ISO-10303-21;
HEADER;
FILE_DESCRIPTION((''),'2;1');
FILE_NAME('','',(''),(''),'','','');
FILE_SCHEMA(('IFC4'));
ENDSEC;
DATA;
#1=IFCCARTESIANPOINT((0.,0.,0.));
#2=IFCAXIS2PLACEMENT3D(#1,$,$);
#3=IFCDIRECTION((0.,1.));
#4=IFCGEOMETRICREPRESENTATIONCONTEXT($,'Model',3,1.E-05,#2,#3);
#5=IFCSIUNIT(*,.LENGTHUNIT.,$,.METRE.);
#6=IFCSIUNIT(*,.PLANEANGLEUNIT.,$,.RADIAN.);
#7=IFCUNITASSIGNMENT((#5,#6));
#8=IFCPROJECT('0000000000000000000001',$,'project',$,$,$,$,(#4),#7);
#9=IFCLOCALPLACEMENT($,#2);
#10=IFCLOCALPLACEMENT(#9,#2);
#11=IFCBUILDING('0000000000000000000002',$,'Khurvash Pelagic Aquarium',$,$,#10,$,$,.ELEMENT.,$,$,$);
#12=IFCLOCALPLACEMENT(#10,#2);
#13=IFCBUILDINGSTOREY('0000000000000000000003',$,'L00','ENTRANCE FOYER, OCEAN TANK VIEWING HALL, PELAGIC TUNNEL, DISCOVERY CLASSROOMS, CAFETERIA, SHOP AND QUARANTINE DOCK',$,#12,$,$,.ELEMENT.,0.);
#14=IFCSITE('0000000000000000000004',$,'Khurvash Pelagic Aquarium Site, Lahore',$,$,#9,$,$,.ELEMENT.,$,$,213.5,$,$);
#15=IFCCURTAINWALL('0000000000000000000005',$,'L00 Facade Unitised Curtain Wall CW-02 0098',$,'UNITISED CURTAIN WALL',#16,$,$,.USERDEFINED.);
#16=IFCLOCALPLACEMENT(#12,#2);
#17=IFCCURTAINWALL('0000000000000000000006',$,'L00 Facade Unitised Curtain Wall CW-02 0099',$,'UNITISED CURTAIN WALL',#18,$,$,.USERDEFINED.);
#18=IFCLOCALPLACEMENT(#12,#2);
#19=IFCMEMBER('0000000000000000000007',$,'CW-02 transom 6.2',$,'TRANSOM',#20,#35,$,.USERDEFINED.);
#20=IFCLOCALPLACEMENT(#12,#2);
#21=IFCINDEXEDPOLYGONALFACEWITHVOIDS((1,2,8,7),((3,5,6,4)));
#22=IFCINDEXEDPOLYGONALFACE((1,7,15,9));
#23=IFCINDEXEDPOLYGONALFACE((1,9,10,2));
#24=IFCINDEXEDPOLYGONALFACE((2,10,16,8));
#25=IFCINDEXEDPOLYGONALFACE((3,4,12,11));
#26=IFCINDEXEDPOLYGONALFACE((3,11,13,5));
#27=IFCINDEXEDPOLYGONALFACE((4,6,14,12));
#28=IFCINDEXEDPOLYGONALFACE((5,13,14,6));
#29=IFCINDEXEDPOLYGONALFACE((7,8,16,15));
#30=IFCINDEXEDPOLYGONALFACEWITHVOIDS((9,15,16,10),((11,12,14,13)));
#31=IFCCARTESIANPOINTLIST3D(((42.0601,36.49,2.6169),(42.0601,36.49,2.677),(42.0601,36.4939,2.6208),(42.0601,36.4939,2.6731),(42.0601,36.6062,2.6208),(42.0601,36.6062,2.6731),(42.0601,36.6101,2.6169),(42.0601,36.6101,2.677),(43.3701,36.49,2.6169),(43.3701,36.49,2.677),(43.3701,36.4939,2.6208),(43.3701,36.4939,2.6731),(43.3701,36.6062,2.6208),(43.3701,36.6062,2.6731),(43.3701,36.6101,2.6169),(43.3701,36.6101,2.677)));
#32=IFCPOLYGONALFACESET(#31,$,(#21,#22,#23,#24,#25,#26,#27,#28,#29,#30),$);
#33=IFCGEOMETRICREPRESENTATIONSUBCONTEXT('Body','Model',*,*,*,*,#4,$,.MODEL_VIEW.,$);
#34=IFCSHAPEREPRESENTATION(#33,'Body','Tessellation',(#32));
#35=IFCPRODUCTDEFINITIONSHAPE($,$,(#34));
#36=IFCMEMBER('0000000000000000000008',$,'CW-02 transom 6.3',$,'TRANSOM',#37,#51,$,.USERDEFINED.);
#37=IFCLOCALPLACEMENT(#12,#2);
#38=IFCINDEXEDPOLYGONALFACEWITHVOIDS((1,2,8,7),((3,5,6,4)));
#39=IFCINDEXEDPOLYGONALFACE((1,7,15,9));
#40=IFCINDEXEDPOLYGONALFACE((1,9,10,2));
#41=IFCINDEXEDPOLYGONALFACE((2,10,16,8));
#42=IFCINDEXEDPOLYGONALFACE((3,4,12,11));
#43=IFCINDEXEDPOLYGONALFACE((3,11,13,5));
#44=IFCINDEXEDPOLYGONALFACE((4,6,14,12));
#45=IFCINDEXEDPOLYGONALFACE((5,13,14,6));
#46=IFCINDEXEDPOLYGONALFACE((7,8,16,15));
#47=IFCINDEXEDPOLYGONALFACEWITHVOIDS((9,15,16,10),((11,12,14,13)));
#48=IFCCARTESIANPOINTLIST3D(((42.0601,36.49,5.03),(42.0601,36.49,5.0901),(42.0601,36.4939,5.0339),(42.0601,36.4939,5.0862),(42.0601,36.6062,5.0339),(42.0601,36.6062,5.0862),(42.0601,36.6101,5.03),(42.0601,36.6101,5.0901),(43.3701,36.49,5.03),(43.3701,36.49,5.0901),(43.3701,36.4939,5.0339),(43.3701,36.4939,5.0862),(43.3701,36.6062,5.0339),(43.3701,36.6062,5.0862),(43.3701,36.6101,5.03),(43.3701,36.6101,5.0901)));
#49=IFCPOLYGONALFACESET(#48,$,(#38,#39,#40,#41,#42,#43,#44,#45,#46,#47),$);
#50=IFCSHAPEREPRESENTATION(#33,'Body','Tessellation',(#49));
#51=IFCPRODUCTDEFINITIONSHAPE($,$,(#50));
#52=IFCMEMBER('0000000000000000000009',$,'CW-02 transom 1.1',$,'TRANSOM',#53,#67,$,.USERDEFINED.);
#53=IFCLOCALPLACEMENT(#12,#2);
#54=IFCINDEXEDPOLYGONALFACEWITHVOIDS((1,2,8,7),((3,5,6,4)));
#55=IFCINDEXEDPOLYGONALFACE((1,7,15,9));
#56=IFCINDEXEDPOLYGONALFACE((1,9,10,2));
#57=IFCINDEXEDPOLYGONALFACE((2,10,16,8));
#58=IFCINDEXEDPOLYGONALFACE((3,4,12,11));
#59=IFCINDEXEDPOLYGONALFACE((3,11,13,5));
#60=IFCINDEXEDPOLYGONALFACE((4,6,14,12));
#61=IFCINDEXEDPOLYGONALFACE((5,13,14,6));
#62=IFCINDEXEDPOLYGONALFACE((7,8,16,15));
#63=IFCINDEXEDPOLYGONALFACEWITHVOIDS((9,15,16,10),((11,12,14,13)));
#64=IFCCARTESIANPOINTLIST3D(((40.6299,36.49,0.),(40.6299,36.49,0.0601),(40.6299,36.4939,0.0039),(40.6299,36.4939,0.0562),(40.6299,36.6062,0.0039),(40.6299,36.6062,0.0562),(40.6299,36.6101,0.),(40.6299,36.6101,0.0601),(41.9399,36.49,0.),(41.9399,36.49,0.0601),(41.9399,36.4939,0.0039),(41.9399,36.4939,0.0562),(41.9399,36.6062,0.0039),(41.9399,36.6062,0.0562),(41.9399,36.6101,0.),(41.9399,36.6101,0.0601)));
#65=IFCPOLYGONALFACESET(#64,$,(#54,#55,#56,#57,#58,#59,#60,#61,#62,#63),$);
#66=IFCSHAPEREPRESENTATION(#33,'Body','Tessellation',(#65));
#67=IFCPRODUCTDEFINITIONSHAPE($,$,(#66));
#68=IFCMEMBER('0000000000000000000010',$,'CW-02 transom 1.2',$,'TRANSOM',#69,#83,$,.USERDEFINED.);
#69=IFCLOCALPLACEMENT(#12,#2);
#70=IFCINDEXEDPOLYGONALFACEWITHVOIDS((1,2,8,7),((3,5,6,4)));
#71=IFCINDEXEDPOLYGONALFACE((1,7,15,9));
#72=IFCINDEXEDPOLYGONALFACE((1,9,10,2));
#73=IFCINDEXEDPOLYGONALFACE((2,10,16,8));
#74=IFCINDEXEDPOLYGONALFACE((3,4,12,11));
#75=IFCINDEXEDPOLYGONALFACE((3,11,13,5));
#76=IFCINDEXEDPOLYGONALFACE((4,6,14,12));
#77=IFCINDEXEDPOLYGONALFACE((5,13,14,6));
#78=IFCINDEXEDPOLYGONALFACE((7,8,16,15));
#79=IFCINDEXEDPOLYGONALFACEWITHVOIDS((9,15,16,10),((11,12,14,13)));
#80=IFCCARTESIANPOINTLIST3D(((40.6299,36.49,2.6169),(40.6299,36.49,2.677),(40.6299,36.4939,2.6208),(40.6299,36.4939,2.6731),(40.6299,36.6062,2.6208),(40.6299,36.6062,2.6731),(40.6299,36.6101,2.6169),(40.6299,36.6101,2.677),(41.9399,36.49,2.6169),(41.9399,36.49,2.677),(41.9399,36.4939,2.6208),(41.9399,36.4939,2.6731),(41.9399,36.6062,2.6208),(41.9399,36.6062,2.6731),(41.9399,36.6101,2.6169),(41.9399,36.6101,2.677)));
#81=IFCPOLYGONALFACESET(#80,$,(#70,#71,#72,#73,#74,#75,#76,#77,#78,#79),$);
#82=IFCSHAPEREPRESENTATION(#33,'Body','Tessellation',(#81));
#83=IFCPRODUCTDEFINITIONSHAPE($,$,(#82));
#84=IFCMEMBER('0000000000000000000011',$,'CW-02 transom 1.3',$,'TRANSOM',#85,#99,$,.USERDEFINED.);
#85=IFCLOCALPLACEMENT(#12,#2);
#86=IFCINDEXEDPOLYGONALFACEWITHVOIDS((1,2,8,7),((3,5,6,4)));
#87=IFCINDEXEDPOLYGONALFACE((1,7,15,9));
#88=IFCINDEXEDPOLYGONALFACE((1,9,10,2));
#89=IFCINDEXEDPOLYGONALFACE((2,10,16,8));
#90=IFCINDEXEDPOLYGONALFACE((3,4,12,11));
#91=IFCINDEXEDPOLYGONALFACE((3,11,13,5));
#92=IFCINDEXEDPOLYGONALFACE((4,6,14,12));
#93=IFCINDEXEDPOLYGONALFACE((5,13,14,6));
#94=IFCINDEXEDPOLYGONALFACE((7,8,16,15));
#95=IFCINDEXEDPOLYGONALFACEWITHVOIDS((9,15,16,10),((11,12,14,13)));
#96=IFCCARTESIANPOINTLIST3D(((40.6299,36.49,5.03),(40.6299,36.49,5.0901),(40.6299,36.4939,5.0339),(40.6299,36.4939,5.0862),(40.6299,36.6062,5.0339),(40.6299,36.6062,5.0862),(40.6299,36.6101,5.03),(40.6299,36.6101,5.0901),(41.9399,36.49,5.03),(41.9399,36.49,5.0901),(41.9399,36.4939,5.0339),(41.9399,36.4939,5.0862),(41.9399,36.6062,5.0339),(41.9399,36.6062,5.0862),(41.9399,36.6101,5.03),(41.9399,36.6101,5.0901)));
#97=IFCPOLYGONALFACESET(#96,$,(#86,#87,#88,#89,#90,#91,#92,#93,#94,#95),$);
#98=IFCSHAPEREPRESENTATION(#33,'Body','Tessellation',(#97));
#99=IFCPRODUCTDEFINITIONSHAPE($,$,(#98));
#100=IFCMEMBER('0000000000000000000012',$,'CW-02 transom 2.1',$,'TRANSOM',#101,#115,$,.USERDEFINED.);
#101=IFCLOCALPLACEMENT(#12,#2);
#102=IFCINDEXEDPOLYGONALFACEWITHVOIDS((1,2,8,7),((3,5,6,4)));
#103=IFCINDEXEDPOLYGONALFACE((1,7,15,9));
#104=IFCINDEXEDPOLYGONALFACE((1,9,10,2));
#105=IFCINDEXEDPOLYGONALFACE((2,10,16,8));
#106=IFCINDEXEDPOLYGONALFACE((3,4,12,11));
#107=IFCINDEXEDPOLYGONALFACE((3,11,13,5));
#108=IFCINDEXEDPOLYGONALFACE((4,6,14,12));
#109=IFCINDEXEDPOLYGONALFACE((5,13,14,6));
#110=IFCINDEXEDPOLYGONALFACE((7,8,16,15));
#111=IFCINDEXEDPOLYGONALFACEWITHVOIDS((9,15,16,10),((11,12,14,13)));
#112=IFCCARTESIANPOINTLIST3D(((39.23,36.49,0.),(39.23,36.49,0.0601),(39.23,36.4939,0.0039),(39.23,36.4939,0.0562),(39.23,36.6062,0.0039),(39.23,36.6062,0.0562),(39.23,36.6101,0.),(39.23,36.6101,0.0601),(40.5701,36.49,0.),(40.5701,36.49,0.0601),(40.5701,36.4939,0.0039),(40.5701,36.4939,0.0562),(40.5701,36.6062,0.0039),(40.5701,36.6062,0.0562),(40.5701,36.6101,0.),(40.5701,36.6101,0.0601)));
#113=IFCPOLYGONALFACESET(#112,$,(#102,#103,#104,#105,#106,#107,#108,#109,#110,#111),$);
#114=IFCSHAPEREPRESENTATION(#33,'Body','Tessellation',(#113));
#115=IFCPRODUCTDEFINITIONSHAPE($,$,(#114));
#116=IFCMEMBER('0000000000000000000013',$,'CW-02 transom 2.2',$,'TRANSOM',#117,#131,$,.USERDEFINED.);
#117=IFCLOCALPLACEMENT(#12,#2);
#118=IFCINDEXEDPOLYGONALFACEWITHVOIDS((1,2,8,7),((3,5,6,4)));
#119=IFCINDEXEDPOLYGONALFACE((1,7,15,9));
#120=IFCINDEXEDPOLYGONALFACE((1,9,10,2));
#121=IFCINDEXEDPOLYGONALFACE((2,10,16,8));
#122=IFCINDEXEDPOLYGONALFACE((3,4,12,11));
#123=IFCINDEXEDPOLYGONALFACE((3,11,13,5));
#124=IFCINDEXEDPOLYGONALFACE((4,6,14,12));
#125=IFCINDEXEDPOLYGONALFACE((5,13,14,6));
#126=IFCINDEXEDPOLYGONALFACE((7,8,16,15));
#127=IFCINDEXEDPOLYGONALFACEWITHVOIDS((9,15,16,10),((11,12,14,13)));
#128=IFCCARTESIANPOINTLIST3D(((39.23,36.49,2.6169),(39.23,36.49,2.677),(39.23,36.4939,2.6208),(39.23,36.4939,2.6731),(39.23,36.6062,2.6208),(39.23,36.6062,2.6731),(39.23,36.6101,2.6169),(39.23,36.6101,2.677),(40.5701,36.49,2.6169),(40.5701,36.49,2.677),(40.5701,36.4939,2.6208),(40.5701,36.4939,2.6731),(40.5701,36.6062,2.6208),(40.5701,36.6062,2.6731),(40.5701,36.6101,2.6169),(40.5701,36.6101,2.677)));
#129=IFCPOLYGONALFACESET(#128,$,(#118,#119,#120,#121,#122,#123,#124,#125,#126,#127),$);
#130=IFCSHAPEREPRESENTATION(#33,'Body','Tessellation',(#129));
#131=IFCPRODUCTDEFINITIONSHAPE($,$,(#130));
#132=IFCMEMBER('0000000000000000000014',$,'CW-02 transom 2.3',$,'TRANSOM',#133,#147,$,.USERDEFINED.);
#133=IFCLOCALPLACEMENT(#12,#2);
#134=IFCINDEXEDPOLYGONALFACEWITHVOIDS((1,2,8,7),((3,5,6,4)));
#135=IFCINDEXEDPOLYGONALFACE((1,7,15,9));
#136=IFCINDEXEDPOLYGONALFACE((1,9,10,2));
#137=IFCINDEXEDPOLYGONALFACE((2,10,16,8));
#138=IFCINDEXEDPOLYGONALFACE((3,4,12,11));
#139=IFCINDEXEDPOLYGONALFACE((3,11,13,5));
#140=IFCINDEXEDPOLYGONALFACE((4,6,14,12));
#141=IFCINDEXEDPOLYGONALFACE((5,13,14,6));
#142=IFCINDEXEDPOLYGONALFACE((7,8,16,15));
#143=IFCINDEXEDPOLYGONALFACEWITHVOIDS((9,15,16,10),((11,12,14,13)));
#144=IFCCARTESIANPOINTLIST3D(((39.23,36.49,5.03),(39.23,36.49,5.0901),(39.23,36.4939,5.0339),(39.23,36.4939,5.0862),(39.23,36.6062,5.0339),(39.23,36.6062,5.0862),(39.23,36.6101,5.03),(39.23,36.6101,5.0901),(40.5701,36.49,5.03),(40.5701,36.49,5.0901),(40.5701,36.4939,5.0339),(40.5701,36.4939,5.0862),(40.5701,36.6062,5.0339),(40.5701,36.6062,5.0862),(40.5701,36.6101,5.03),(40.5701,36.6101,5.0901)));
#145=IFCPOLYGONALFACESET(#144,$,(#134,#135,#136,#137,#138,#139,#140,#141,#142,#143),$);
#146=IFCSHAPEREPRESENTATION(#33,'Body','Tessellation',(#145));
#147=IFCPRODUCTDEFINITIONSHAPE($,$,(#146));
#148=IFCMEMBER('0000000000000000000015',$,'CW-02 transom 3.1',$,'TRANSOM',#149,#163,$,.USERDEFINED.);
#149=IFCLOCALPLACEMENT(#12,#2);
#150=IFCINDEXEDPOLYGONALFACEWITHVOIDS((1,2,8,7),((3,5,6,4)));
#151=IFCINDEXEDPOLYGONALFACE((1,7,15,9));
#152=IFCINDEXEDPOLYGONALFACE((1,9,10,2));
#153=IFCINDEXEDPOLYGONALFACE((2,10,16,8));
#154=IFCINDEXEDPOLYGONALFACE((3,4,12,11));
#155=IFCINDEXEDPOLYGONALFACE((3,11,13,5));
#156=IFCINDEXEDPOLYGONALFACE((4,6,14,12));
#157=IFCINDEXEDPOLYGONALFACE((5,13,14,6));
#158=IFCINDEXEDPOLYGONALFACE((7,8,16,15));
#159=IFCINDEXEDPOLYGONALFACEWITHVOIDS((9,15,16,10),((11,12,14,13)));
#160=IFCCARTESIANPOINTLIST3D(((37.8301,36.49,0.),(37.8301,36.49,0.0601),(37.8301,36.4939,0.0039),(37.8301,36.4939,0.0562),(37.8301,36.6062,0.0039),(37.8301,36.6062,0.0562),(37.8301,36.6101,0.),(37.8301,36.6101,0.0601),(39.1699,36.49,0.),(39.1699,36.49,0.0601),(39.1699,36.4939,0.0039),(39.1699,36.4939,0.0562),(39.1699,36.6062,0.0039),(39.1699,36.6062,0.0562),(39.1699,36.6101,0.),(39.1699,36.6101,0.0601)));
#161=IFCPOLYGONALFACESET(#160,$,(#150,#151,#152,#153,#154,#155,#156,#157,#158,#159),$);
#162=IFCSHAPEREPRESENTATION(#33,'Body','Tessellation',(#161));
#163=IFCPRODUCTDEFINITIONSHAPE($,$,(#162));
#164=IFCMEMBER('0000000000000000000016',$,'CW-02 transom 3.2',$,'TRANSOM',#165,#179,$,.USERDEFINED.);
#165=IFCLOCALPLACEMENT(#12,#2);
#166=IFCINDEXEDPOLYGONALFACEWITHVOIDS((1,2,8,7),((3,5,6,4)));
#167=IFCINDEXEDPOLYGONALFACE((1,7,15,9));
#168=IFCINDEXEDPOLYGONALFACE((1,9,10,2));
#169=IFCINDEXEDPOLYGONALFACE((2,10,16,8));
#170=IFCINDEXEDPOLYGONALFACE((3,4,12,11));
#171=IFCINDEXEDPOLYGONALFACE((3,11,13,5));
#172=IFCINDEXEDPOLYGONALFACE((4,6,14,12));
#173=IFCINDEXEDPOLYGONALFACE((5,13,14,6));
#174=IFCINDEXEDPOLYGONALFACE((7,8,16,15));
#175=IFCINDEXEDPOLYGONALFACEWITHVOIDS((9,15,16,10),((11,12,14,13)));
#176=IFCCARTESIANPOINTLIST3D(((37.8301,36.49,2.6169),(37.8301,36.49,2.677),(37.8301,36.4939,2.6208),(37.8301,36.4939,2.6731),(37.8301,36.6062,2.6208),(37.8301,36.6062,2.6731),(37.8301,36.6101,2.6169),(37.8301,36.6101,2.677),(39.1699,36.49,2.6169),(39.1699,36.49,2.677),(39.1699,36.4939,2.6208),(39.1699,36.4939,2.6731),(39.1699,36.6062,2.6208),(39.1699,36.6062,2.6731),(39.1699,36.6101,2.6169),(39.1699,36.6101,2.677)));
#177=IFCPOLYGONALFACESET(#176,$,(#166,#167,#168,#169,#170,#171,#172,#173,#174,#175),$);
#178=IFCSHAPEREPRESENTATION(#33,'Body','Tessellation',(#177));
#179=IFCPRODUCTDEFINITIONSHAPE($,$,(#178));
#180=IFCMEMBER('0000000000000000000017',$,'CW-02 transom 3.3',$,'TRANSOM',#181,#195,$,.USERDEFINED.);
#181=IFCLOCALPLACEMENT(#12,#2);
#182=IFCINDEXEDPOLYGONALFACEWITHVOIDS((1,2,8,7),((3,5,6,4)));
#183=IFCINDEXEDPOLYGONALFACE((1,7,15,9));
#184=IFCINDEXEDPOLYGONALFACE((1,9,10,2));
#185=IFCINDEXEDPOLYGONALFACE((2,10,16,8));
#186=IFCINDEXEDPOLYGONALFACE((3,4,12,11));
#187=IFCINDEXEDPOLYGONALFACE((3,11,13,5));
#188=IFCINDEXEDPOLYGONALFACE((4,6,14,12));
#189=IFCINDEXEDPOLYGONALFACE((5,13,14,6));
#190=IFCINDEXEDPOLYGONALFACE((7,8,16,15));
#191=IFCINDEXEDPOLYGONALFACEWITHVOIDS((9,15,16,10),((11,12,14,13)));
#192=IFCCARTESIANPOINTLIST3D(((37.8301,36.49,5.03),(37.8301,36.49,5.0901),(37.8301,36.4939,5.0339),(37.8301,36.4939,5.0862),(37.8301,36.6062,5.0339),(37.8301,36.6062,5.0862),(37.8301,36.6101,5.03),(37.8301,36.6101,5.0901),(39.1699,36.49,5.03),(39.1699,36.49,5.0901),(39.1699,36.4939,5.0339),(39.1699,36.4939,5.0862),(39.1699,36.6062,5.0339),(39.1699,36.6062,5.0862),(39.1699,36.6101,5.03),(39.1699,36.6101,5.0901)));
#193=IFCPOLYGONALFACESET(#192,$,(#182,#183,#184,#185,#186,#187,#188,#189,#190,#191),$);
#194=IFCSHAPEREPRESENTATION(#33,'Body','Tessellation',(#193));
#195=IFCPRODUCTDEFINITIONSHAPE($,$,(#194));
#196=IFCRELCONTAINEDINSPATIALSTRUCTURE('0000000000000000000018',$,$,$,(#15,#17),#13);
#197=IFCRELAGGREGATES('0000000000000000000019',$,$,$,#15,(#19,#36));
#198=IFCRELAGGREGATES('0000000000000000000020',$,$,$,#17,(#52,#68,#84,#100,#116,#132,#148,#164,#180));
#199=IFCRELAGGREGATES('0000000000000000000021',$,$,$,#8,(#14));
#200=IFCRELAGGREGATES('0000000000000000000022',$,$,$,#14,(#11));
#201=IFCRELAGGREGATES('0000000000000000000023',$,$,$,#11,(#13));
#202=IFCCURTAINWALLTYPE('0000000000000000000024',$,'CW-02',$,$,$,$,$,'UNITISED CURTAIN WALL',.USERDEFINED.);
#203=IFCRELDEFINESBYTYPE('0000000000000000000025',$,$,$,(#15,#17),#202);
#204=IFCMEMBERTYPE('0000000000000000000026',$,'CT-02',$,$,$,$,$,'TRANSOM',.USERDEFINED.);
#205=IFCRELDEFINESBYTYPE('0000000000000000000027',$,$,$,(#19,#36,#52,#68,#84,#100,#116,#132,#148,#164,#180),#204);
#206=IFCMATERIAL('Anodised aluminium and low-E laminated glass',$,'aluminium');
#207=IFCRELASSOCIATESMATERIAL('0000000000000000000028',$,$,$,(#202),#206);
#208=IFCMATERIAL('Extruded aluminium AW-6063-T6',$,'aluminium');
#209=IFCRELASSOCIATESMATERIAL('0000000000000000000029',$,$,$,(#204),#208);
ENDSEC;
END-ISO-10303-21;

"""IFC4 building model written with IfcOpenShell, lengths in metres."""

from ifc_helpers import new_model, si_unit, direction, frame, origin, origin_2d, place, context, subcontext, project, spatial, hollow_rectangle, extrude, material, material_profile, profile_set, type_object, element, aggregate, save


model = new_model("IFC4")

# Units and contexts
model_context = context("Model", 3, precision=1e-05, world=origin(), true_north=direction((0.0, 1.0)))
body_context = subcontext(model_context, "Body", "Model", "MODEL_VIEW")
ifc_project = project(units=[si_unit("LENGTHUNIT", "METRE"), si_unit("PLANEANGLEUNIT", "RADIAN")], contexts=[model_context])

# Site, building, storey
site_placement = place(None, origin())
site = spatial("IfcSite", under=ifc_project, at=site_placement, Name="Khurvash Pelagic Aquarium Site, Lahore", CompositionType="ELEMENT", RefElevation=213.5)
building_placement = place(site_placement, origin())
building = spatial("IfcBuilding", under=site, at=building_placement, Name="Khurvash Pelagic Aquarium", CompositionType="ELEMENT")
storey_placement = place(building_placement, origin())
storey = spatial("IfcBuildingStorey", under=building, at=storey_placement, Name="L00", Description="ENTRANCE FOYER, OCEAN TANK VIEWING HALL, PELAGIC TUNNEL, DISCOVERY CLASSROOMS, CAFETERIA, SHOP AND QUARANTINE DOCK", CompositionType="ELEMENT", Elevation=0.0)

# Curtain walls
ifc_material_1 = material(Name="Anodised aluminium and low-E laminated glass", Category="aluminium")
curtain_wall_type = type_object("IfcCurtainWallType", Name="CW-02", ElementType="UNITISED CURTAIN WALL", PredefinedType="USERDEFINED", material=ifc_material_1)
curtain_wall_1_placement = place(storey_placement, origin())
curtain_wall_1 = element("IfcCurtainWall", 1, at=curtain_wall_1_placement, inside=storey, type_object=curtain_wall_type, Name="L00 Facade Unitised Curtain Wall CW-02 0098", ObjectType="UNITISED CURTAIN WALL", PredefinedType="USERDEFINED")
ifc_material_2 = material(Name="Extruded aluminium AW-6063-T6", Category="aluminium")
curtain_wall_2_placement = place(storey_placement, origin())
curtain_wall_2 = element("IfcCurtainWall", 2, at=curtain_wall_2_placement, inside=storey, type_object=curtain_wall_type, Name="L00 Facade Unitised Curtain Wall CW-02 0099", ObjectType="UNITISED CURTAIN WALL", PredefinedType="USERDEFINED")

# Members
ifc_material_profile_1 = material_profile(ifc_material_2, hollow_rectangle(XDim=0.1201, YDim=0.0601, WallThickness=0.0039, at=origin_2d()), Name="CWT120X60X4")
ifc_profile_set_1 = profile_set([ifc_material_profile_1], Name="Extruded aluminium AW-6063-T6")
member_type_1 = type_object("IfcMemberType", Name="CT-02", ElementType="TRANSOM", PredefinedType="USERDEFINED", material=ifc_profile_set_1)
member_1_placement = place(storey_placement, frame((43.3701, 36.55, 2.647), z_axis=(-1.0, 0.0, 0.0), x_axis=(0.0, -1.0, 0.0)))
member_1 = element("IfcMember", 3, at=member_1_placement, type_object=member_type_1, Name="CW-02 transom 6.2", ObjectType="TRANSOM", PredefinedType="USERDEFINED", context=body_context, shape_type="SweptSolid", body=[
    extrude(hollow_rectangle(XDim=0.1201, YDim=0.0601, WallThickness=0.0039, at=origin_2d()), origin(), (0.0, 0.0, 1.0), 1.3101),
])
member_2_placement = place(storey_placement, frame((43.3701, 36.55, 5.0601), z_axis=(-1.0, 0.0, 0.0), x_axis=(0.0, -1.0, 0.0)))
member_2 = element("IfcMember", 4, at=member_2_placement, type_object=member_type_1, Name="CW-02 transom 6.3", ObjectType="TRANSOM", PredefinedType="USERDEFINED", context=body_context, shape_type="SweptSolid", body=[
    extrude(hollow_rectangle(XDim=0.1201, YDim=0.0601, WallThickness=0.0039, at=origin_2d()), origin(), (0.0, 0.0, 1.0), 1.3101),
])
member_3_placement = place(storey_placement, frame((41.9399, 36.55, 0.03), z_axis=(-1.0, 0.0, 0.0), x_axis=(0.0, -1.0, 0.0)))
member_3 = element("IfcMember", 5, at=member_3_placement, type_object=member_type_1, Name="CW-02 transom 1.1", ObjectType="TRANSOM", PredefinedType="USERDEFINED", context=body_context, shape_type="SweptSolid", body=[
    extrude(hollow_rectangle(XDim=0.1201, YDim=0.0601, WallThickness=0.0039, at=origin_2d()), origin(), (0.0, 0.0, 1.0), 1.3101),
])
member_4_placement = place(storey_placement, frame((41.9399, 36.55, 2.647), z_axis=(-1.0, 0.0, 0.0), x_axis=(0.0, -1.0, 0.0)))
member_4 = element("IfcMember", 6, at=member_4_placement, type_object=member_type_1, Name="CW-02 transom 1.2", ObjectType="TRANSOM", PredefinedType="USERDEFINED", context=body_context, shape_type="SweptSolid", body=[
    extrude(hollow_rectangle(XDim=0.1201, YDim=0.0601, WallThickness=0.0039, at=origin_2d()), origin(), (0.0, 0.0, 1.0), 1.3101),
])
member_5_placement = place(storey_placement, frame((41.9399, 36.55, 5.0601), z_axis=(-1.0, 0.0, 0.0), x_axis=(0.0, -1.0, 0.0)))
member_5 = element("IfcMember", 7, at=member_5_placement, type_object=member_type_1, Name="CW-02 transom 1.3", ObjectType="TRANSOM", PredefinedType="USERDEFINED", context=body_context, shape_type="SweptSolid", body=[
    extrude(hollow_rectangle(XDim=0.1201, YDim=0.0601, WallThickness=0.0039, at=origin_2d()), origin(), (0.0, 0.0, 1.0), 1.3101),
])
member_6_placement = place(storey_placement, frame((40.5701, 36.55, 0.03), z_axis=(-1.0, 0.0, 0.0), x_axis=(0.0, -1.0, 0.0)))
member_6 = element("IfcMember", 8, at=member_6_placement, type_object=member_type_1, Name="CW-02 transom 2.1", ObjectType="TRANSOM", PredefinedType="USERDEFINED", context=body_context, shape_type="SweptSolid", body=[
    extrude(hollow_rectangle(XDim=0.1201, YDim=0.0601, WallThickness=0.0039, at=origin_2d()), origin(), (0.0, 0.0, 1.0), 1.3401),
])
member_7_placement = place(storey_placement, frame((40.5701, 36.55, 2.647), z_axis=(-1.0, 0.0, 0.0), x_axis=(0.0, -1.0, 0.0)))
member_7 = element("IfcMember", 9, at=member_7_placement, type_object=member_type_1, Name="CW-02 transom 2.2", ObjectType="TRANSOM", PredefinedType="USERDEFINED", context=body_context, shape_type="SweptSolid", body=[
    extrude(hollow_rectangle(XDim=0.1201, YDim=0.0601, WallThickness=0.0039, at=origin_2d()), origin(), (0.0, 0.0, 1.0), 1.3401),
])
member_8_placement = place(storey_placement, frame((40.5701, 36.55, 5.0601), z_axis=(-1.0, 0.0, 0.0), x_axis=(0.0, -1.0, 0.0)))
member_8 = element("IfcMember", 10, at=member_8_placement, type_object=member_type_1, Name="CW-02 transom 2.3", ObjectType="TRANSOM", PredefinedType="USERDEFINED", context=body_context, shape_type="SweptSolid", body=[
    extrude(hollow_rectangle(XDim=0.1201, YDim=0.0601, WallThickness=0.0039, at=origin_2d()), origin(), (0.0, 0.0, 1.0), 1.3401),
])
member_9_placement = place(storey_placement, frame((39.1699, 36.55, 0.03), z_axis=(-1.0, 0.0, 0.0), x_axis=(0.0, -1.0, 0.0)))
member_9 = element("IfcMember", 11, at=member_9_placement, type_object=member_type_1, Name="CW-02 transom 3.1", ObjectType="TRANSOM", PredefinedType="USERDEFINED", context=body_context, shape_type="SweptSolid", body=[
    extrude(hollow_rectangle(XDim=0.1201, YDim=0.0601, WallThickness=0.0039, at=origin_2d()), origin(), (0.0, 0.0, 1.0), 1.3398),
])
member_10_placement = place(storey_placement, frame((39.1699, 36.55, 2.647), z_axis=(-1.0, 0.0, 0.0), x_axis=(0.0, -1.0, 0.0)))
member_10 = element("IfcMember", 12, at=member_10_placement, type_object=member_type_1, Name="CW-02 transom 3.2", ObjectType="TRANSOM", PredefinedType="USERDEFINED", context=body_context, shape_type="SweptSolid", body=[
    extrude(hollow_rectangle(XDim=0.1201, YDim=0.0601, WallThickness=0.0039, at=origin_2d()), origin(), (0.0, 0.0, 1.0), 1.3398),
])
member_11_placement = place(storey_placement, frame((39.1699, 36.55, 5.0601), z_axis=(-1.0, 0.0, 0.0), x_axis=(0.0, -1.0, 0.0)))
member_11 = element("IfcMember", 13, at=member_11_placement, type_object=member_type_1, Name="CW-02 transom 3.3", ObjectType="TRANSOM", PredefinedType="USERDEFINED", context=body_context, shape_type="SweptSolid", body=[
    extrude(hollow_rectangle(XDim=0.1201, YDim=0.0601, WallThickness=0.0039, at=origin_2d()), origin(), (0.0, 0.0, 1.0), 1.3398),
])

aggregate(curtain_wall_1, [member_1, member_2])
aggregate(curtain_wall_2, [member_3, member_4, member_5, member_6, member_7, member_8, member_9, member_10, member_11])

save(model, "model.ifc")
